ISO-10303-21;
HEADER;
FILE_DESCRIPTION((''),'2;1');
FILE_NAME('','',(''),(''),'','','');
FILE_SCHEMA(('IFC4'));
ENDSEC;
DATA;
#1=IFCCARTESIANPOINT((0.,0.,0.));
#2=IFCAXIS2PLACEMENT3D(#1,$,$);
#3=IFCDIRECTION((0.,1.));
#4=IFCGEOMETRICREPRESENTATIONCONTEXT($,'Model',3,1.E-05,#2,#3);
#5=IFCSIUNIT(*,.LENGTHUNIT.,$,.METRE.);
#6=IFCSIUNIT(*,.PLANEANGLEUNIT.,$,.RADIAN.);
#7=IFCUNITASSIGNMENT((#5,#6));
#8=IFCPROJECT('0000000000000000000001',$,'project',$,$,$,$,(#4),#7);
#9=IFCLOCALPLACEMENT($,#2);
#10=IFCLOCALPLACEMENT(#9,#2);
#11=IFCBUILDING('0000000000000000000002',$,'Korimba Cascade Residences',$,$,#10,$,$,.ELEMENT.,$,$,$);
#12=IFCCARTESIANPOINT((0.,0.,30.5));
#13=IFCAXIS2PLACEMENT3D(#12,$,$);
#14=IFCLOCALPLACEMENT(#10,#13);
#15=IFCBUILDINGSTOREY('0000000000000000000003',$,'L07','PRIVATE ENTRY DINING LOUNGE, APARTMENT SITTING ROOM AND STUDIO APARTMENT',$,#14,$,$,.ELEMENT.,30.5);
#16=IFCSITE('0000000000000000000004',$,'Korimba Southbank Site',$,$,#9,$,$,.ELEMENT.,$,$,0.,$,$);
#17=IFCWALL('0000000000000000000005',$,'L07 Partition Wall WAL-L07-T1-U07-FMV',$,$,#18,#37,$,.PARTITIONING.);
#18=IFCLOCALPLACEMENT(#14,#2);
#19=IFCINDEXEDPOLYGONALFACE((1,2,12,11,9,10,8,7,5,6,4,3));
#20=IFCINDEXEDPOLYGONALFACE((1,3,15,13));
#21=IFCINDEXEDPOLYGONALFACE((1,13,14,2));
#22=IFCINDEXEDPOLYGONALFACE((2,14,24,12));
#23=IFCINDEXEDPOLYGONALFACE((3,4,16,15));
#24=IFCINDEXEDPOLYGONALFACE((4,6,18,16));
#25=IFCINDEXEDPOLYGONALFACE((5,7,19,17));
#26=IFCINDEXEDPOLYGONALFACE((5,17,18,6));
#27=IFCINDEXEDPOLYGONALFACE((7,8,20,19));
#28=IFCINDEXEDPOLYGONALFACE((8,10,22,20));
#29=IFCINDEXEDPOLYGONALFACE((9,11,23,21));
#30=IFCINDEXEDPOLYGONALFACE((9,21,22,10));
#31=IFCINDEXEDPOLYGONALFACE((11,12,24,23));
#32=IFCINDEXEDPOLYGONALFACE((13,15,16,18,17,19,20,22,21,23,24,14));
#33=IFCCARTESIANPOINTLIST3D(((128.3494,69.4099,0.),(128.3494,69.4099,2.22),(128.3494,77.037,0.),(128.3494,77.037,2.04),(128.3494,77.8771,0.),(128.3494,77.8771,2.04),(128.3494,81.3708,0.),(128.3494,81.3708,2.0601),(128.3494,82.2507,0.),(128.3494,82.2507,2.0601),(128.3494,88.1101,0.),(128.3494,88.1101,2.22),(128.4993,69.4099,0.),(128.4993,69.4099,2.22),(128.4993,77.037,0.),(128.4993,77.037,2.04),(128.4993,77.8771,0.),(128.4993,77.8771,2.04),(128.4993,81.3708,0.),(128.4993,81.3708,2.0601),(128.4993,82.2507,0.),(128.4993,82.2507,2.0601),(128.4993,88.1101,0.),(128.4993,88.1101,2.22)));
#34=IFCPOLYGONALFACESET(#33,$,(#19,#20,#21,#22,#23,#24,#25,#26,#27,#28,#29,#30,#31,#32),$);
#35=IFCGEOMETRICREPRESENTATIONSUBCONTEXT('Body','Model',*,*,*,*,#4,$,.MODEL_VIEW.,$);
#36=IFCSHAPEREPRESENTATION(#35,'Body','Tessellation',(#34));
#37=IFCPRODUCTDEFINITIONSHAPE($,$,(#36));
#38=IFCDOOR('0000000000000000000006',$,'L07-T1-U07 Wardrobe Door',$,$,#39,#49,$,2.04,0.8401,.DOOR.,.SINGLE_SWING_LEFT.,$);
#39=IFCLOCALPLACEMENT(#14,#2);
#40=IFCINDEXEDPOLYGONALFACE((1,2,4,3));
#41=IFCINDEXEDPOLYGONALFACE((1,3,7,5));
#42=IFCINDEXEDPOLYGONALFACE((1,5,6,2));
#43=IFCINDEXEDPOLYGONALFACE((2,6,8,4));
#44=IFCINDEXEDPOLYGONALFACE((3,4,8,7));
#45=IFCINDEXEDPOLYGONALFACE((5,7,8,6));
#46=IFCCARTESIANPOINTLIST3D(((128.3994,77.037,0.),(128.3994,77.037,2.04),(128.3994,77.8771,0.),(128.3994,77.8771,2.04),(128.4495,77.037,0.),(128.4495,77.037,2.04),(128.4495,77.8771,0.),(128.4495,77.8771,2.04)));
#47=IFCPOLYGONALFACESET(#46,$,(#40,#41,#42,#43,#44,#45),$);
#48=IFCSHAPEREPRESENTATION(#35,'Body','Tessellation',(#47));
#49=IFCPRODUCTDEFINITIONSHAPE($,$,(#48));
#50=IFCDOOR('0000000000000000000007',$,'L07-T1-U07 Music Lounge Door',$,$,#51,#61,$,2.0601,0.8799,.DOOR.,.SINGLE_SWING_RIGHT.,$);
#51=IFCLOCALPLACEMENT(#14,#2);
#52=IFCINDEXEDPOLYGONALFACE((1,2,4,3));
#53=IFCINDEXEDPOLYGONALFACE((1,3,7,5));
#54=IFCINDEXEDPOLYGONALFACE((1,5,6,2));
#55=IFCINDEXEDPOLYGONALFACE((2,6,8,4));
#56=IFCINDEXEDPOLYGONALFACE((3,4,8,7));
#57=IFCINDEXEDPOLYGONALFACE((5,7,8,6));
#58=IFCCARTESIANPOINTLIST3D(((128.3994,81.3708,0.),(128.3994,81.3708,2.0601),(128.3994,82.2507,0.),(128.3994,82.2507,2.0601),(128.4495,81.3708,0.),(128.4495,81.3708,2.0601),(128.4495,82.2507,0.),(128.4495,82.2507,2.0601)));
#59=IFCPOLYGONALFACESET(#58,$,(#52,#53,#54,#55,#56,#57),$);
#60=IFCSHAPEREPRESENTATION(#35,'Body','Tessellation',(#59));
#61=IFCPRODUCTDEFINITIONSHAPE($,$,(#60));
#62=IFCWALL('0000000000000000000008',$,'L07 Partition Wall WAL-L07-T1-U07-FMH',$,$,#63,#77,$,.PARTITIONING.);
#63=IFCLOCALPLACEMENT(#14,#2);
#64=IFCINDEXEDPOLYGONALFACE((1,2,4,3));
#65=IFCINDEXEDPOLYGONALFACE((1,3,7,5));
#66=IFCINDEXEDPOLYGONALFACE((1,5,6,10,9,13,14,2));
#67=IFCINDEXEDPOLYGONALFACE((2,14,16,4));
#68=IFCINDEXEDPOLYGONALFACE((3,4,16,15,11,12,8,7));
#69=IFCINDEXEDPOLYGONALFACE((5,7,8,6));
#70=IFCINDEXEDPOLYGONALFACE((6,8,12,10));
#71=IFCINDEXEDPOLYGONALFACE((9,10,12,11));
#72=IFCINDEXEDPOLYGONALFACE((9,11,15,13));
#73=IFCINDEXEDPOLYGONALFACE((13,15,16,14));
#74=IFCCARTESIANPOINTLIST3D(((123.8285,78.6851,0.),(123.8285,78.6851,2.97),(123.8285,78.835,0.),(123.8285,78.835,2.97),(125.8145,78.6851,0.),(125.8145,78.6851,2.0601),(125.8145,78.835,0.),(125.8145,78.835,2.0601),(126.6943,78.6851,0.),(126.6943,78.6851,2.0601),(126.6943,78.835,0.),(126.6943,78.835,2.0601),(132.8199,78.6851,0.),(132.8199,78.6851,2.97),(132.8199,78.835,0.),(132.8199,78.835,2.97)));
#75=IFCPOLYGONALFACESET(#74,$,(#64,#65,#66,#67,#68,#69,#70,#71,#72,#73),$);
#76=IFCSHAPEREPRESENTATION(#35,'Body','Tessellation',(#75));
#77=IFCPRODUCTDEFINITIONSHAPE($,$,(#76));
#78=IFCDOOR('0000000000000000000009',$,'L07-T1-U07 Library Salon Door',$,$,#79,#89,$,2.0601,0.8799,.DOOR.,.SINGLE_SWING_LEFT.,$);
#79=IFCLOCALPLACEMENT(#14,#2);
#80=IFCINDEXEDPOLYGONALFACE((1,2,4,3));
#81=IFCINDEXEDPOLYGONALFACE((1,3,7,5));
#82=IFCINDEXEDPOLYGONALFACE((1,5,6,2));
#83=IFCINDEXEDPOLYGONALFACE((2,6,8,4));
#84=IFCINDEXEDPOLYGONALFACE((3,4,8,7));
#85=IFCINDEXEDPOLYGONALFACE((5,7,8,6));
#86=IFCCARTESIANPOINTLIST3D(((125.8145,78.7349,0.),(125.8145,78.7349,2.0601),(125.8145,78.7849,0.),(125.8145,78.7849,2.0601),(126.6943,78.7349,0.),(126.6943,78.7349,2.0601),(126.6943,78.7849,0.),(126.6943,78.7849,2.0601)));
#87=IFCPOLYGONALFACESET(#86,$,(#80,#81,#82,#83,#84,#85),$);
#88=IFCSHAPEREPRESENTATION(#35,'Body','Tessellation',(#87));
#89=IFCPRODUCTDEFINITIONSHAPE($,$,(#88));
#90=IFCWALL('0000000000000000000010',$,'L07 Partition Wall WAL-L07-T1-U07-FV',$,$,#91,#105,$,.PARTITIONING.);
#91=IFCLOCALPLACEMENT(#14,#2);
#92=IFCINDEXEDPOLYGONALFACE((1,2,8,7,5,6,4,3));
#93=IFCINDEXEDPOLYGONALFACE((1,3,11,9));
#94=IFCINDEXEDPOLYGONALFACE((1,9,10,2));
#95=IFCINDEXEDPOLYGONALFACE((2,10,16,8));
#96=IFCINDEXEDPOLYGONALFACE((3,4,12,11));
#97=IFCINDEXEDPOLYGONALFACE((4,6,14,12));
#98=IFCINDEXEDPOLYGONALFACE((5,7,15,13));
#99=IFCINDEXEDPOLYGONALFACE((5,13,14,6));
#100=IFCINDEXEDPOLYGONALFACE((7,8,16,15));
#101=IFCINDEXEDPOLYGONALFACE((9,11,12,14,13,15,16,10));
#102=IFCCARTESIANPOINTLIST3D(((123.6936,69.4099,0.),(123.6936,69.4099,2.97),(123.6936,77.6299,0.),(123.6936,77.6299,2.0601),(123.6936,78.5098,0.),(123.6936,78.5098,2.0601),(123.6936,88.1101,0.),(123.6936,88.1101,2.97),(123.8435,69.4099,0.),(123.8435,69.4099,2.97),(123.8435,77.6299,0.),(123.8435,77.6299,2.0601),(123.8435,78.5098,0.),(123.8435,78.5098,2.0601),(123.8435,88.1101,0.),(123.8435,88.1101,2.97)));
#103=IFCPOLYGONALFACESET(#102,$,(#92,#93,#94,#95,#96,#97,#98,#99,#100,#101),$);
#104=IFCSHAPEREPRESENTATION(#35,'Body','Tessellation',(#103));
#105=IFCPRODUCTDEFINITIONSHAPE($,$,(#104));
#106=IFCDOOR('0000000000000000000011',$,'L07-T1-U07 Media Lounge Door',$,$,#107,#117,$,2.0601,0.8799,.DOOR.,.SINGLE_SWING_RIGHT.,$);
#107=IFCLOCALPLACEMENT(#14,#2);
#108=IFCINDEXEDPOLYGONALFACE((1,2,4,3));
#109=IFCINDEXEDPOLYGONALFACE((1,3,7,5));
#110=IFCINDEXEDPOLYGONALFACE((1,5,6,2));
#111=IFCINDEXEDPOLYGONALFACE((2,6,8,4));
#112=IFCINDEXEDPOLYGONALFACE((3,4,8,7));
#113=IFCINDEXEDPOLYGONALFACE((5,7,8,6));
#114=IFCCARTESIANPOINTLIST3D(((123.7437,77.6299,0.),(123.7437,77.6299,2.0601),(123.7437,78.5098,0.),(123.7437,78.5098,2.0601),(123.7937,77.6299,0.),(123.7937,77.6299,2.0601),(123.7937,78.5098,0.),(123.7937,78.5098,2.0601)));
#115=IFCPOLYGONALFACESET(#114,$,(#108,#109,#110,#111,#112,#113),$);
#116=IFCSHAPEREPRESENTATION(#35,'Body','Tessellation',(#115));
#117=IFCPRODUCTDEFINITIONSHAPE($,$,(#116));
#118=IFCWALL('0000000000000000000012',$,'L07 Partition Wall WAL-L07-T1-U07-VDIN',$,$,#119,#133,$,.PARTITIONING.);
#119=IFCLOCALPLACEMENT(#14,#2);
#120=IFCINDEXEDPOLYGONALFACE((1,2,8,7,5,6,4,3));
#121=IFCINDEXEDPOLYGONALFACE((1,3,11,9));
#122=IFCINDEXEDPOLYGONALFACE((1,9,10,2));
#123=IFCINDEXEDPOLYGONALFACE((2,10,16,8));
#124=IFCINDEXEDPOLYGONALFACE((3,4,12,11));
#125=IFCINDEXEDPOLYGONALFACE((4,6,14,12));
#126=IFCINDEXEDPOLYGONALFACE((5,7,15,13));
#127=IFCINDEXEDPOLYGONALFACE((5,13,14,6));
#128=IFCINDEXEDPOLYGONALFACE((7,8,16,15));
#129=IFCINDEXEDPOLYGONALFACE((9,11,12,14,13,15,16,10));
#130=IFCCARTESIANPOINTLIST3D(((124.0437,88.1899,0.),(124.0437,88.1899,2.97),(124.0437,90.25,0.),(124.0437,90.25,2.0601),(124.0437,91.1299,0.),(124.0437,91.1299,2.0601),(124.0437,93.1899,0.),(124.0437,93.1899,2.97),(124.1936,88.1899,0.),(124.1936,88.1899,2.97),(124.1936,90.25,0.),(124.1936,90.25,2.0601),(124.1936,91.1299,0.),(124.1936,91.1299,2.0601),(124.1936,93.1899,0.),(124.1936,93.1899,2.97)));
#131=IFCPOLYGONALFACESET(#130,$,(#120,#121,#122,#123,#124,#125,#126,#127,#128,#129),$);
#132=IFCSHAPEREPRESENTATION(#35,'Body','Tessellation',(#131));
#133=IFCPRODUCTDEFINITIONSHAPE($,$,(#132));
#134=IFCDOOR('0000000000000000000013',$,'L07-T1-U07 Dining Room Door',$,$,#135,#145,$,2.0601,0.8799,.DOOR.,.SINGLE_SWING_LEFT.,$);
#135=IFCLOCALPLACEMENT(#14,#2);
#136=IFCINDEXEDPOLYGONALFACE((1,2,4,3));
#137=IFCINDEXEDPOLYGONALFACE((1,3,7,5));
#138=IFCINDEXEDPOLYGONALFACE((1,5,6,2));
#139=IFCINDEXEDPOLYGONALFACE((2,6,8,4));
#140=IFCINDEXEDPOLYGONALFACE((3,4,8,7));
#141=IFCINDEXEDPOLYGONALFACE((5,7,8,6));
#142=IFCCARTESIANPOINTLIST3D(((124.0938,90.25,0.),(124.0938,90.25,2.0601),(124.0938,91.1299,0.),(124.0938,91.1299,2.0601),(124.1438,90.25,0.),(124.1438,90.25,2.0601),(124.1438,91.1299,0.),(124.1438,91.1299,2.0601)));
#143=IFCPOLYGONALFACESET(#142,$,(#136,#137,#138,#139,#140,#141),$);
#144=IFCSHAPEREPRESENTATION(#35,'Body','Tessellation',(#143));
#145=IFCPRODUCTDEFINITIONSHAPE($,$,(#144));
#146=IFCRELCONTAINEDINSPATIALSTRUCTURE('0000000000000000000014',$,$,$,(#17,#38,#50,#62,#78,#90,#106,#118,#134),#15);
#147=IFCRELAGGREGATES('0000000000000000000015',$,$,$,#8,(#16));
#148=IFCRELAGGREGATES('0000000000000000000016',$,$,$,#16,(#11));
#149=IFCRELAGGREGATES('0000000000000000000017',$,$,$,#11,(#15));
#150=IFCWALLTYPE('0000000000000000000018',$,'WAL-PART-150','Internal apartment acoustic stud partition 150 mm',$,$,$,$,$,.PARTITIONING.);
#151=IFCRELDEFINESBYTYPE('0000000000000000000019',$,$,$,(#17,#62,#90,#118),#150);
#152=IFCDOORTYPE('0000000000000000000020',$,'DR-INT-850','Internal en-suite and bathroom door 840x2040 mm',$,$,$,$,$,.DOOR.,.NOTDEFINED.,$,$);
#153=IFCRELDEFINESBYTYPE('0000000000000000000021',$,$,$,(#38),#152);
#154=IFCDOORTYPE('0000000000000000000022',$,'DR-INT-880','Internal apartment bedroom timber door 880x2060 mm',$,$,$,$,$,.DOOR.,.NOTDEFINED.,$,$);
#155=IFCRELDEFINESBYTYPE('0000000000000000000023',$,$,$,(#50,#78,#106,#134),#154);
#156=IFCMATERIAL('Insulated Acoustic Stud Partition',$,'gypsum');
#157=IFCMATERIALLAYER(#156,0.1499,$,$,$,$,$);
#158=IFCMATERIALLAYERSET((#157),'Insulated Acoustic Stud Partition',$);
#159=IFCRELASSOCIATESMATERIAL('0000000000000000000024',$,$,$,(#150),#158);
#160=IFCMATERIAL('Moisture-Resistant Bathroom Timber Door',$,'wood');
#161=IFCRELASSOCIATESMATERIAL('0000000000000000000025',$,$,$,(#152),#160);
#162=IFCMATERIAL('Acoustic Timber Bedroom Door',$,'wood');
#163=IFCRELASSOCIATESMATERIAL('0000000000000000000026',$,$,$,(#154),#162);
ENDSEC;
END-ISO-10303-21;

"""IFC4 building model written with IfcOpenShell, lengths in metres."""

from ifc_helpers import new_model, si_unit, direction, frame, frame_2d, origin, place, context, subcontext, project, spatial, rectangle, extrude, material, layer, layer_set, type_object, element, fill, save


model = new_model("IFC4")

# Units and contexts
model_context = context("Model", 3, precision=1e-05, world=origin(), true_north=direction((0.0, 1.0)))
body_context = subcontext(model_context, "Body", "Model", "MODEL_VIEW")
ifc_project = project(units=[si_unit("LENGTHUNIT", "METRE"), si_unit("PLANEANGLEUNIT", "RADIAN")], contexts=[model_context])

# Site, building, storey
site_placement = place(None, origin())
site = spatial("IfcSite", under=ifc_project, at=site_placement, Name="Korimba Southbank Site", CompositionType="ELEMENT", RefElevation=0.0)
building_placement = place(site_placement, origin())
building = spatial("IfcBuilding", under=site, at=building_placement, Name="Korimba Cascade Residences", CompositionType="ELEMENT")
storey_placement = place(building_placement, frame((0.0, 0.0, 30.5)))
storey = spatial("IfcBuildingStorey", under=building, at=storey_placement, Name="L07", Description="PRIVATE ENTRY DINING LOUNGE, APARTMENT SITTING ROOM AND STUDIO APARTMENT", CompositionType="ELEMENT", Elevation=30.5)

# Shared definitions
ifc_material_1 = material(Name="Insulated Acoustic Stud Partition", Category="gypsum")
ifc_layer_1 = layer(ifc_material_1, 0.1499)
ifc_layer_set_1 = layer_set([ifc_layer_1], Name="Insulated Acoustic Stud Partition")
wall_type_1 = type_object("IfcWallType", Name="WAL-PART-150", Description="Internal apartment acoustic stud partition 150 mm", PredefinedType="PARTITIONING", material=ifc_layer_set_1)
ifc_material_2 = material(Name="Moisture-Resistant Bathroom Timber Door", Category="wood")
door_type_1 = type_object("IfcDoorType", Name="DR-INT-850", Description="Internal en-suite and bathroom door 840x2040 mm", OperationType="NOTDEFINED", PredefinedType="DOOR", material=ifc_material_2)

# Wall, openings, doors
wall_1_placement = place(storey_placement, frame((128.4243, 69.4099, 0.0), z_axis=(0.0, 0.0, 1.0), x_axis=(0.0, 1.0, 0.0)))
wall_1 = element("IfcWall", 1, at=wall_1_placement, inside=storey, type_object=wall_type_1, Name="L07 Partition Wall WAL-L07-T1-U07-FMV", PredefinedType="PARTITIONING", context=body_context, shape_type="SweptSolid", body=[
    extrude(rectangle(XDim=18.7002, YDim=0.1499, at=frame_2d((9.3501, 0.0))), origin(), (0.0, 0.0, 1.0), 2.22),
])
opening_1_placement = place(wall_1_placement, frame((7.6272, 0.0, 0.0)))
opening_1 = element("IfcOpeningElement", 2, at=opening_1_placement, cuts=wall_1, PredefinedType="OPENING", context=body_context, shape_type="SweptSolid", body=[
    extrude(rectangle(XDim=0.8401, YDim=2.04, at=frame_2d((0.4199, 1.02))), frame((0.0, 0.085, 0.0), z_axis=(0.0, -1.0, 0.0), x_axis=(1.0, 0.0, 0.0)), (0.0, 0.0, 1.0), 0.1699),
])
opening_2_placement = place(wall_1_placement, frame((11.9609, 0.0, 0.0)))
opening_2 = element("IfcOpeningElement", 3, at=opening_2_placement, cuts=wall_1, PredefinedType="OPENING", context=body_context, shape_type="SweptSolid", body=[
    extrude(rectangle(XDim=0.8799, YDim=2.0601, at=frame_2d((0.4399, 1.03))), frame((0.0, 0.085, 0.0), z_axis=(0.0, -1.0, 0.0), x_axis=(1.0, 0.0, 0.0)), (0.0, 0.0, 1.0), 0.1699),
])
door_1_placement = place(opening_1_placement, origin())
door_1 = element("IfcDoor", 4, at=door_1_placement, inside=storey, type_object=door_type_1, Name="L07-T1-U07 Wardrobe Door", OperationType="SINGLE_SWING_LEFT", OverallHeight=2.04, OverallWidth=0.8401, PredefinedType="DOOR", context=body_context, shape_type="SweptSolid", body=[
    extrude(rectangle(XDim=0.8401, YDim=2.04, at=frame_2d((0.4199, 1.02))), frame((0.0, 0.0249, 0.0), z_axis=(0.0, -1.0, 0.0), x_axis=(1.0, 0.0, 0.0)), (0.0, 0.0, 1.0), 0.05),
])
fill(opening_1, door_1)
ifc_material_3 = material(Name="Acoustic Timber Bedroom Door", Category="wood")
door_type_2 = type_object("IfcDoorType", Name="DR-INT-880", Description="Internal apartment bedroom timber door 880x2060 mm", OperationType="NOTDEFINED", PredefinedType="DOOR", material=ifc_material_3)
door_2_placement = place(opening_2_placement, origin())
door_2 = element("IfcDoor", 5, at=door_2_placement, inside=storey, type_object=door_type_2, Name="L07-T1-U07 Music Lounge Door", OperationType="SINGLE_SWING_RIGHT", OverallHeight=2.0601, OverallWidth=0.8799, PredefinedType="DOOR", context=body_context, shape_type="SweptSolid", body=[
    extrude(rectangle(XDim=0.8799, YDim=2.0601, at=frame_2d((0.4399, 1.03))), frame((0.0, 0.0249, 0.0), z_axis=(0.0, -1.0, 0.0), x_axis=(1.0, 0.0, 0.0)), (0.0, 0.0, 1.0), 0.05),
])
fill(opening_2, door_2)

# Walls, openings, doors
wall_2_placement = place(storey_placement, frame((123.8286, 78.76, 0.0), z_axis=(0.0, 0.0, 1.0), x_axis=(1.0, 0.0, 0.0)))
wall_2 = element("IfcWall", 6, at=wall_2_placement, inside=storey, type_object=wall_type_1, Name="L07 Partition Wall WAL-L07-T1-U07-FMH", PredefinedType="PARTITIONING", context=body_context, shape_type="SweptSolid", body=[
    extrude(rectangle(XDim=8.9915, YDim=0.1499, at=frame_2d((4.4956, 0.0))), origin(), (0.0, 0.0, 1.0), 2.97),
])
opening_3_placement = place(wall_2_placement, frame((1.9858, 0.0, 0.0)))
opening_3 = element("IfcOpeningElement", 7, at=opening_3_placement, cuts=wall_2, PredefinedType="OPENING", context=body_context, shape_type="SweptSolid", body=[
    extrude(rectangle(XDim=0.8799, YDim=2.0601, at=frame_2d((0.4399, 1.03))), frame((0.0, 0.085, 0.0), z_axis=(0.0, -1.0, 0.0), x_axis=(1.0, 0.0, 0.0)), (0.0, 0.0, 1.0), 0.1699),
])
door_3_placement = place(opening_3_placement, origin())
door_3 = element("IfcDoor", 8, at=door_3_placement, inside=storey, type_object=door_type_2, Name="L07-T1-U07 Library Salon Door", OperationType="SINGLE_SWING_LEFT", OverallHeight=2.0601, OverallWidth=0.8799, PredefinedType="DOOR", context=body_context, shape_type="SweptSolid", body=[
    extrude(rectangle(XDim=0.8799, YDim=2.0601, at=frame_2d((0.4399, 1.03))), frame((0.0, 0.0249, 0.0), z_axis=(0.0, -1.0, 0.0), x_axis=(1.0, 0.0, 0.0)), (0.0, 0.0, 1.0), 0.05),
])
fill(opening_3, door_3)
wall_3_placement = place(storey_placement, frame((123.7686, 69.4099, 0.0), z_axis=(0.0, 0.0, 1.0), x_axis=(0.0, 1.0, 0.0)))
wall_3 = element("IfcWall", 9, at=wall_3_placement, inside=storey, type_object=wall_type_1, Name="L07 Partition Wall WAL-L07-T1-U07-FV", PredefinedType="PARTITIONING", context=body_context, shape_type="SweptSolid", body=[
    extrude(rectangle(XDim=18.7002, YDim=0.1499, at=frame_2d((9.3501, 0.0))), origin(), (0.0, 0.0, 1.0), 2.97),
])
opening_4_placement = place(wall_3_placement, frame((8.22, 0.0, 0.0)))
opening_4 = element("IfcOpeningElement", 10, at=opening_4_placement, cuts=wall_3, PredefinedType="OPENING", context=body_context, shape_type="SweptSolid", body=[
    extrude(rectangle(XDim=0.8799, YDim=2.0601, at=frame_2d((0.4399, 1.03))), frame((0.0, 0.085, 0.0), z_axis=(0.0, -1.0, 0.0), x_axis=(1.0, 0.0, 0.0)), (0.0, 0.0, 1.0), 0.1699),
])
door_4_placement = place(opening_4_placement, origin())
door_4 = element("IfcDoor", 11, at=door_4_placement, inside=storey, type_object=door_type_2, Name="L07-T1-U07 Media Lounge Door", OperationType="SINGLE_SWING_RIGHT", OverallHeight=2.0601, OverallWidth=0.8799, PredefinedType="DOOR", context=body_context, shape_type="SweptSolid", body=[
    extrude(rectangle(XDim=0.8799, YDim=2.0601, at=frame_2d((0.4399, 1.03))), frame((0.0, 0.0249, 0.0), z_axis=(0.0, -1.0, 0.0), x_axis=(1.0, 0.0, 0.0)), (0.0, 0.0, 1.0), 0.05),
])
fill(opening_4, door_4)
wall_4_placement = place(storey_placement, frame((124.1187, 88.1899, 0.0), z_axis=(0.0, 0.0, 1.0), x_axis=(0.0, 1.0, 0.0)))
wall_4 = element("IfcWall", 12, at=wall_4_placement, inside=storey, type_object=wall_type_1, Name="L07 Partition Wall WAL-L07-T1-U07-VDIN", PredefinedType="PARTITIONING", context=body_context, shape_type="SweptSolid", body=[
    extrude(rectangle(XDim=5.0, YDim=0.1499, at=frame_2d((2.5, 0.0))), origin(), (0.0, 0.0, 1.0), 2.97),
])
opening_5_placement = place(wall_4_placement, frame((2.0601, 0.0, 0.0)))
opening_5 = element("IfcOpeningElement", 13, at=opening_5_placement, cuts=wall_4, PredefinedType="OPENING", context=body_context, shape_type="SweptSolid", body=[
    extrude(rectangle(XDim=0.8799, YDim=2.0601, at=frame_2d((0.4399, 1.03))), frame((0.0, 0.085, 0.0), z_axis=(0.0, -1.0, 0.0), x_axis=(1.0, 0.0, 0.0)), (0.0, 0.0, 1.0), 0.1699),
])
door_5_placement = place(opening_5_placement, origin())
door_5 = element("IfcDoor", 14, at=door_5_placement, inside=storey, type_object=door_type_2, Name="L07-T1-U07 Dining Room Door", OperationType="SINGLE_SWING_LEFT", OverallHeight=2.0601, OverallWidth=0.8799, PredefinedType="DOOR", context=body_context, shape_type="SweptSolid", body=[
    extrude(rectangle(XDim=0.8799, YDim=2.0601, at=frame_2d((0.4399, 1.03))), frame((0.0, 0.0249, 0.0), z_axis=(0.0, -1.0, 0.0), x_axis=(1.0, 0.0, 0.0)), (0.0, 0.0, 1.0), 0.05),
])
fill(opening_5, door_5)

save(model, "model.ifc")
